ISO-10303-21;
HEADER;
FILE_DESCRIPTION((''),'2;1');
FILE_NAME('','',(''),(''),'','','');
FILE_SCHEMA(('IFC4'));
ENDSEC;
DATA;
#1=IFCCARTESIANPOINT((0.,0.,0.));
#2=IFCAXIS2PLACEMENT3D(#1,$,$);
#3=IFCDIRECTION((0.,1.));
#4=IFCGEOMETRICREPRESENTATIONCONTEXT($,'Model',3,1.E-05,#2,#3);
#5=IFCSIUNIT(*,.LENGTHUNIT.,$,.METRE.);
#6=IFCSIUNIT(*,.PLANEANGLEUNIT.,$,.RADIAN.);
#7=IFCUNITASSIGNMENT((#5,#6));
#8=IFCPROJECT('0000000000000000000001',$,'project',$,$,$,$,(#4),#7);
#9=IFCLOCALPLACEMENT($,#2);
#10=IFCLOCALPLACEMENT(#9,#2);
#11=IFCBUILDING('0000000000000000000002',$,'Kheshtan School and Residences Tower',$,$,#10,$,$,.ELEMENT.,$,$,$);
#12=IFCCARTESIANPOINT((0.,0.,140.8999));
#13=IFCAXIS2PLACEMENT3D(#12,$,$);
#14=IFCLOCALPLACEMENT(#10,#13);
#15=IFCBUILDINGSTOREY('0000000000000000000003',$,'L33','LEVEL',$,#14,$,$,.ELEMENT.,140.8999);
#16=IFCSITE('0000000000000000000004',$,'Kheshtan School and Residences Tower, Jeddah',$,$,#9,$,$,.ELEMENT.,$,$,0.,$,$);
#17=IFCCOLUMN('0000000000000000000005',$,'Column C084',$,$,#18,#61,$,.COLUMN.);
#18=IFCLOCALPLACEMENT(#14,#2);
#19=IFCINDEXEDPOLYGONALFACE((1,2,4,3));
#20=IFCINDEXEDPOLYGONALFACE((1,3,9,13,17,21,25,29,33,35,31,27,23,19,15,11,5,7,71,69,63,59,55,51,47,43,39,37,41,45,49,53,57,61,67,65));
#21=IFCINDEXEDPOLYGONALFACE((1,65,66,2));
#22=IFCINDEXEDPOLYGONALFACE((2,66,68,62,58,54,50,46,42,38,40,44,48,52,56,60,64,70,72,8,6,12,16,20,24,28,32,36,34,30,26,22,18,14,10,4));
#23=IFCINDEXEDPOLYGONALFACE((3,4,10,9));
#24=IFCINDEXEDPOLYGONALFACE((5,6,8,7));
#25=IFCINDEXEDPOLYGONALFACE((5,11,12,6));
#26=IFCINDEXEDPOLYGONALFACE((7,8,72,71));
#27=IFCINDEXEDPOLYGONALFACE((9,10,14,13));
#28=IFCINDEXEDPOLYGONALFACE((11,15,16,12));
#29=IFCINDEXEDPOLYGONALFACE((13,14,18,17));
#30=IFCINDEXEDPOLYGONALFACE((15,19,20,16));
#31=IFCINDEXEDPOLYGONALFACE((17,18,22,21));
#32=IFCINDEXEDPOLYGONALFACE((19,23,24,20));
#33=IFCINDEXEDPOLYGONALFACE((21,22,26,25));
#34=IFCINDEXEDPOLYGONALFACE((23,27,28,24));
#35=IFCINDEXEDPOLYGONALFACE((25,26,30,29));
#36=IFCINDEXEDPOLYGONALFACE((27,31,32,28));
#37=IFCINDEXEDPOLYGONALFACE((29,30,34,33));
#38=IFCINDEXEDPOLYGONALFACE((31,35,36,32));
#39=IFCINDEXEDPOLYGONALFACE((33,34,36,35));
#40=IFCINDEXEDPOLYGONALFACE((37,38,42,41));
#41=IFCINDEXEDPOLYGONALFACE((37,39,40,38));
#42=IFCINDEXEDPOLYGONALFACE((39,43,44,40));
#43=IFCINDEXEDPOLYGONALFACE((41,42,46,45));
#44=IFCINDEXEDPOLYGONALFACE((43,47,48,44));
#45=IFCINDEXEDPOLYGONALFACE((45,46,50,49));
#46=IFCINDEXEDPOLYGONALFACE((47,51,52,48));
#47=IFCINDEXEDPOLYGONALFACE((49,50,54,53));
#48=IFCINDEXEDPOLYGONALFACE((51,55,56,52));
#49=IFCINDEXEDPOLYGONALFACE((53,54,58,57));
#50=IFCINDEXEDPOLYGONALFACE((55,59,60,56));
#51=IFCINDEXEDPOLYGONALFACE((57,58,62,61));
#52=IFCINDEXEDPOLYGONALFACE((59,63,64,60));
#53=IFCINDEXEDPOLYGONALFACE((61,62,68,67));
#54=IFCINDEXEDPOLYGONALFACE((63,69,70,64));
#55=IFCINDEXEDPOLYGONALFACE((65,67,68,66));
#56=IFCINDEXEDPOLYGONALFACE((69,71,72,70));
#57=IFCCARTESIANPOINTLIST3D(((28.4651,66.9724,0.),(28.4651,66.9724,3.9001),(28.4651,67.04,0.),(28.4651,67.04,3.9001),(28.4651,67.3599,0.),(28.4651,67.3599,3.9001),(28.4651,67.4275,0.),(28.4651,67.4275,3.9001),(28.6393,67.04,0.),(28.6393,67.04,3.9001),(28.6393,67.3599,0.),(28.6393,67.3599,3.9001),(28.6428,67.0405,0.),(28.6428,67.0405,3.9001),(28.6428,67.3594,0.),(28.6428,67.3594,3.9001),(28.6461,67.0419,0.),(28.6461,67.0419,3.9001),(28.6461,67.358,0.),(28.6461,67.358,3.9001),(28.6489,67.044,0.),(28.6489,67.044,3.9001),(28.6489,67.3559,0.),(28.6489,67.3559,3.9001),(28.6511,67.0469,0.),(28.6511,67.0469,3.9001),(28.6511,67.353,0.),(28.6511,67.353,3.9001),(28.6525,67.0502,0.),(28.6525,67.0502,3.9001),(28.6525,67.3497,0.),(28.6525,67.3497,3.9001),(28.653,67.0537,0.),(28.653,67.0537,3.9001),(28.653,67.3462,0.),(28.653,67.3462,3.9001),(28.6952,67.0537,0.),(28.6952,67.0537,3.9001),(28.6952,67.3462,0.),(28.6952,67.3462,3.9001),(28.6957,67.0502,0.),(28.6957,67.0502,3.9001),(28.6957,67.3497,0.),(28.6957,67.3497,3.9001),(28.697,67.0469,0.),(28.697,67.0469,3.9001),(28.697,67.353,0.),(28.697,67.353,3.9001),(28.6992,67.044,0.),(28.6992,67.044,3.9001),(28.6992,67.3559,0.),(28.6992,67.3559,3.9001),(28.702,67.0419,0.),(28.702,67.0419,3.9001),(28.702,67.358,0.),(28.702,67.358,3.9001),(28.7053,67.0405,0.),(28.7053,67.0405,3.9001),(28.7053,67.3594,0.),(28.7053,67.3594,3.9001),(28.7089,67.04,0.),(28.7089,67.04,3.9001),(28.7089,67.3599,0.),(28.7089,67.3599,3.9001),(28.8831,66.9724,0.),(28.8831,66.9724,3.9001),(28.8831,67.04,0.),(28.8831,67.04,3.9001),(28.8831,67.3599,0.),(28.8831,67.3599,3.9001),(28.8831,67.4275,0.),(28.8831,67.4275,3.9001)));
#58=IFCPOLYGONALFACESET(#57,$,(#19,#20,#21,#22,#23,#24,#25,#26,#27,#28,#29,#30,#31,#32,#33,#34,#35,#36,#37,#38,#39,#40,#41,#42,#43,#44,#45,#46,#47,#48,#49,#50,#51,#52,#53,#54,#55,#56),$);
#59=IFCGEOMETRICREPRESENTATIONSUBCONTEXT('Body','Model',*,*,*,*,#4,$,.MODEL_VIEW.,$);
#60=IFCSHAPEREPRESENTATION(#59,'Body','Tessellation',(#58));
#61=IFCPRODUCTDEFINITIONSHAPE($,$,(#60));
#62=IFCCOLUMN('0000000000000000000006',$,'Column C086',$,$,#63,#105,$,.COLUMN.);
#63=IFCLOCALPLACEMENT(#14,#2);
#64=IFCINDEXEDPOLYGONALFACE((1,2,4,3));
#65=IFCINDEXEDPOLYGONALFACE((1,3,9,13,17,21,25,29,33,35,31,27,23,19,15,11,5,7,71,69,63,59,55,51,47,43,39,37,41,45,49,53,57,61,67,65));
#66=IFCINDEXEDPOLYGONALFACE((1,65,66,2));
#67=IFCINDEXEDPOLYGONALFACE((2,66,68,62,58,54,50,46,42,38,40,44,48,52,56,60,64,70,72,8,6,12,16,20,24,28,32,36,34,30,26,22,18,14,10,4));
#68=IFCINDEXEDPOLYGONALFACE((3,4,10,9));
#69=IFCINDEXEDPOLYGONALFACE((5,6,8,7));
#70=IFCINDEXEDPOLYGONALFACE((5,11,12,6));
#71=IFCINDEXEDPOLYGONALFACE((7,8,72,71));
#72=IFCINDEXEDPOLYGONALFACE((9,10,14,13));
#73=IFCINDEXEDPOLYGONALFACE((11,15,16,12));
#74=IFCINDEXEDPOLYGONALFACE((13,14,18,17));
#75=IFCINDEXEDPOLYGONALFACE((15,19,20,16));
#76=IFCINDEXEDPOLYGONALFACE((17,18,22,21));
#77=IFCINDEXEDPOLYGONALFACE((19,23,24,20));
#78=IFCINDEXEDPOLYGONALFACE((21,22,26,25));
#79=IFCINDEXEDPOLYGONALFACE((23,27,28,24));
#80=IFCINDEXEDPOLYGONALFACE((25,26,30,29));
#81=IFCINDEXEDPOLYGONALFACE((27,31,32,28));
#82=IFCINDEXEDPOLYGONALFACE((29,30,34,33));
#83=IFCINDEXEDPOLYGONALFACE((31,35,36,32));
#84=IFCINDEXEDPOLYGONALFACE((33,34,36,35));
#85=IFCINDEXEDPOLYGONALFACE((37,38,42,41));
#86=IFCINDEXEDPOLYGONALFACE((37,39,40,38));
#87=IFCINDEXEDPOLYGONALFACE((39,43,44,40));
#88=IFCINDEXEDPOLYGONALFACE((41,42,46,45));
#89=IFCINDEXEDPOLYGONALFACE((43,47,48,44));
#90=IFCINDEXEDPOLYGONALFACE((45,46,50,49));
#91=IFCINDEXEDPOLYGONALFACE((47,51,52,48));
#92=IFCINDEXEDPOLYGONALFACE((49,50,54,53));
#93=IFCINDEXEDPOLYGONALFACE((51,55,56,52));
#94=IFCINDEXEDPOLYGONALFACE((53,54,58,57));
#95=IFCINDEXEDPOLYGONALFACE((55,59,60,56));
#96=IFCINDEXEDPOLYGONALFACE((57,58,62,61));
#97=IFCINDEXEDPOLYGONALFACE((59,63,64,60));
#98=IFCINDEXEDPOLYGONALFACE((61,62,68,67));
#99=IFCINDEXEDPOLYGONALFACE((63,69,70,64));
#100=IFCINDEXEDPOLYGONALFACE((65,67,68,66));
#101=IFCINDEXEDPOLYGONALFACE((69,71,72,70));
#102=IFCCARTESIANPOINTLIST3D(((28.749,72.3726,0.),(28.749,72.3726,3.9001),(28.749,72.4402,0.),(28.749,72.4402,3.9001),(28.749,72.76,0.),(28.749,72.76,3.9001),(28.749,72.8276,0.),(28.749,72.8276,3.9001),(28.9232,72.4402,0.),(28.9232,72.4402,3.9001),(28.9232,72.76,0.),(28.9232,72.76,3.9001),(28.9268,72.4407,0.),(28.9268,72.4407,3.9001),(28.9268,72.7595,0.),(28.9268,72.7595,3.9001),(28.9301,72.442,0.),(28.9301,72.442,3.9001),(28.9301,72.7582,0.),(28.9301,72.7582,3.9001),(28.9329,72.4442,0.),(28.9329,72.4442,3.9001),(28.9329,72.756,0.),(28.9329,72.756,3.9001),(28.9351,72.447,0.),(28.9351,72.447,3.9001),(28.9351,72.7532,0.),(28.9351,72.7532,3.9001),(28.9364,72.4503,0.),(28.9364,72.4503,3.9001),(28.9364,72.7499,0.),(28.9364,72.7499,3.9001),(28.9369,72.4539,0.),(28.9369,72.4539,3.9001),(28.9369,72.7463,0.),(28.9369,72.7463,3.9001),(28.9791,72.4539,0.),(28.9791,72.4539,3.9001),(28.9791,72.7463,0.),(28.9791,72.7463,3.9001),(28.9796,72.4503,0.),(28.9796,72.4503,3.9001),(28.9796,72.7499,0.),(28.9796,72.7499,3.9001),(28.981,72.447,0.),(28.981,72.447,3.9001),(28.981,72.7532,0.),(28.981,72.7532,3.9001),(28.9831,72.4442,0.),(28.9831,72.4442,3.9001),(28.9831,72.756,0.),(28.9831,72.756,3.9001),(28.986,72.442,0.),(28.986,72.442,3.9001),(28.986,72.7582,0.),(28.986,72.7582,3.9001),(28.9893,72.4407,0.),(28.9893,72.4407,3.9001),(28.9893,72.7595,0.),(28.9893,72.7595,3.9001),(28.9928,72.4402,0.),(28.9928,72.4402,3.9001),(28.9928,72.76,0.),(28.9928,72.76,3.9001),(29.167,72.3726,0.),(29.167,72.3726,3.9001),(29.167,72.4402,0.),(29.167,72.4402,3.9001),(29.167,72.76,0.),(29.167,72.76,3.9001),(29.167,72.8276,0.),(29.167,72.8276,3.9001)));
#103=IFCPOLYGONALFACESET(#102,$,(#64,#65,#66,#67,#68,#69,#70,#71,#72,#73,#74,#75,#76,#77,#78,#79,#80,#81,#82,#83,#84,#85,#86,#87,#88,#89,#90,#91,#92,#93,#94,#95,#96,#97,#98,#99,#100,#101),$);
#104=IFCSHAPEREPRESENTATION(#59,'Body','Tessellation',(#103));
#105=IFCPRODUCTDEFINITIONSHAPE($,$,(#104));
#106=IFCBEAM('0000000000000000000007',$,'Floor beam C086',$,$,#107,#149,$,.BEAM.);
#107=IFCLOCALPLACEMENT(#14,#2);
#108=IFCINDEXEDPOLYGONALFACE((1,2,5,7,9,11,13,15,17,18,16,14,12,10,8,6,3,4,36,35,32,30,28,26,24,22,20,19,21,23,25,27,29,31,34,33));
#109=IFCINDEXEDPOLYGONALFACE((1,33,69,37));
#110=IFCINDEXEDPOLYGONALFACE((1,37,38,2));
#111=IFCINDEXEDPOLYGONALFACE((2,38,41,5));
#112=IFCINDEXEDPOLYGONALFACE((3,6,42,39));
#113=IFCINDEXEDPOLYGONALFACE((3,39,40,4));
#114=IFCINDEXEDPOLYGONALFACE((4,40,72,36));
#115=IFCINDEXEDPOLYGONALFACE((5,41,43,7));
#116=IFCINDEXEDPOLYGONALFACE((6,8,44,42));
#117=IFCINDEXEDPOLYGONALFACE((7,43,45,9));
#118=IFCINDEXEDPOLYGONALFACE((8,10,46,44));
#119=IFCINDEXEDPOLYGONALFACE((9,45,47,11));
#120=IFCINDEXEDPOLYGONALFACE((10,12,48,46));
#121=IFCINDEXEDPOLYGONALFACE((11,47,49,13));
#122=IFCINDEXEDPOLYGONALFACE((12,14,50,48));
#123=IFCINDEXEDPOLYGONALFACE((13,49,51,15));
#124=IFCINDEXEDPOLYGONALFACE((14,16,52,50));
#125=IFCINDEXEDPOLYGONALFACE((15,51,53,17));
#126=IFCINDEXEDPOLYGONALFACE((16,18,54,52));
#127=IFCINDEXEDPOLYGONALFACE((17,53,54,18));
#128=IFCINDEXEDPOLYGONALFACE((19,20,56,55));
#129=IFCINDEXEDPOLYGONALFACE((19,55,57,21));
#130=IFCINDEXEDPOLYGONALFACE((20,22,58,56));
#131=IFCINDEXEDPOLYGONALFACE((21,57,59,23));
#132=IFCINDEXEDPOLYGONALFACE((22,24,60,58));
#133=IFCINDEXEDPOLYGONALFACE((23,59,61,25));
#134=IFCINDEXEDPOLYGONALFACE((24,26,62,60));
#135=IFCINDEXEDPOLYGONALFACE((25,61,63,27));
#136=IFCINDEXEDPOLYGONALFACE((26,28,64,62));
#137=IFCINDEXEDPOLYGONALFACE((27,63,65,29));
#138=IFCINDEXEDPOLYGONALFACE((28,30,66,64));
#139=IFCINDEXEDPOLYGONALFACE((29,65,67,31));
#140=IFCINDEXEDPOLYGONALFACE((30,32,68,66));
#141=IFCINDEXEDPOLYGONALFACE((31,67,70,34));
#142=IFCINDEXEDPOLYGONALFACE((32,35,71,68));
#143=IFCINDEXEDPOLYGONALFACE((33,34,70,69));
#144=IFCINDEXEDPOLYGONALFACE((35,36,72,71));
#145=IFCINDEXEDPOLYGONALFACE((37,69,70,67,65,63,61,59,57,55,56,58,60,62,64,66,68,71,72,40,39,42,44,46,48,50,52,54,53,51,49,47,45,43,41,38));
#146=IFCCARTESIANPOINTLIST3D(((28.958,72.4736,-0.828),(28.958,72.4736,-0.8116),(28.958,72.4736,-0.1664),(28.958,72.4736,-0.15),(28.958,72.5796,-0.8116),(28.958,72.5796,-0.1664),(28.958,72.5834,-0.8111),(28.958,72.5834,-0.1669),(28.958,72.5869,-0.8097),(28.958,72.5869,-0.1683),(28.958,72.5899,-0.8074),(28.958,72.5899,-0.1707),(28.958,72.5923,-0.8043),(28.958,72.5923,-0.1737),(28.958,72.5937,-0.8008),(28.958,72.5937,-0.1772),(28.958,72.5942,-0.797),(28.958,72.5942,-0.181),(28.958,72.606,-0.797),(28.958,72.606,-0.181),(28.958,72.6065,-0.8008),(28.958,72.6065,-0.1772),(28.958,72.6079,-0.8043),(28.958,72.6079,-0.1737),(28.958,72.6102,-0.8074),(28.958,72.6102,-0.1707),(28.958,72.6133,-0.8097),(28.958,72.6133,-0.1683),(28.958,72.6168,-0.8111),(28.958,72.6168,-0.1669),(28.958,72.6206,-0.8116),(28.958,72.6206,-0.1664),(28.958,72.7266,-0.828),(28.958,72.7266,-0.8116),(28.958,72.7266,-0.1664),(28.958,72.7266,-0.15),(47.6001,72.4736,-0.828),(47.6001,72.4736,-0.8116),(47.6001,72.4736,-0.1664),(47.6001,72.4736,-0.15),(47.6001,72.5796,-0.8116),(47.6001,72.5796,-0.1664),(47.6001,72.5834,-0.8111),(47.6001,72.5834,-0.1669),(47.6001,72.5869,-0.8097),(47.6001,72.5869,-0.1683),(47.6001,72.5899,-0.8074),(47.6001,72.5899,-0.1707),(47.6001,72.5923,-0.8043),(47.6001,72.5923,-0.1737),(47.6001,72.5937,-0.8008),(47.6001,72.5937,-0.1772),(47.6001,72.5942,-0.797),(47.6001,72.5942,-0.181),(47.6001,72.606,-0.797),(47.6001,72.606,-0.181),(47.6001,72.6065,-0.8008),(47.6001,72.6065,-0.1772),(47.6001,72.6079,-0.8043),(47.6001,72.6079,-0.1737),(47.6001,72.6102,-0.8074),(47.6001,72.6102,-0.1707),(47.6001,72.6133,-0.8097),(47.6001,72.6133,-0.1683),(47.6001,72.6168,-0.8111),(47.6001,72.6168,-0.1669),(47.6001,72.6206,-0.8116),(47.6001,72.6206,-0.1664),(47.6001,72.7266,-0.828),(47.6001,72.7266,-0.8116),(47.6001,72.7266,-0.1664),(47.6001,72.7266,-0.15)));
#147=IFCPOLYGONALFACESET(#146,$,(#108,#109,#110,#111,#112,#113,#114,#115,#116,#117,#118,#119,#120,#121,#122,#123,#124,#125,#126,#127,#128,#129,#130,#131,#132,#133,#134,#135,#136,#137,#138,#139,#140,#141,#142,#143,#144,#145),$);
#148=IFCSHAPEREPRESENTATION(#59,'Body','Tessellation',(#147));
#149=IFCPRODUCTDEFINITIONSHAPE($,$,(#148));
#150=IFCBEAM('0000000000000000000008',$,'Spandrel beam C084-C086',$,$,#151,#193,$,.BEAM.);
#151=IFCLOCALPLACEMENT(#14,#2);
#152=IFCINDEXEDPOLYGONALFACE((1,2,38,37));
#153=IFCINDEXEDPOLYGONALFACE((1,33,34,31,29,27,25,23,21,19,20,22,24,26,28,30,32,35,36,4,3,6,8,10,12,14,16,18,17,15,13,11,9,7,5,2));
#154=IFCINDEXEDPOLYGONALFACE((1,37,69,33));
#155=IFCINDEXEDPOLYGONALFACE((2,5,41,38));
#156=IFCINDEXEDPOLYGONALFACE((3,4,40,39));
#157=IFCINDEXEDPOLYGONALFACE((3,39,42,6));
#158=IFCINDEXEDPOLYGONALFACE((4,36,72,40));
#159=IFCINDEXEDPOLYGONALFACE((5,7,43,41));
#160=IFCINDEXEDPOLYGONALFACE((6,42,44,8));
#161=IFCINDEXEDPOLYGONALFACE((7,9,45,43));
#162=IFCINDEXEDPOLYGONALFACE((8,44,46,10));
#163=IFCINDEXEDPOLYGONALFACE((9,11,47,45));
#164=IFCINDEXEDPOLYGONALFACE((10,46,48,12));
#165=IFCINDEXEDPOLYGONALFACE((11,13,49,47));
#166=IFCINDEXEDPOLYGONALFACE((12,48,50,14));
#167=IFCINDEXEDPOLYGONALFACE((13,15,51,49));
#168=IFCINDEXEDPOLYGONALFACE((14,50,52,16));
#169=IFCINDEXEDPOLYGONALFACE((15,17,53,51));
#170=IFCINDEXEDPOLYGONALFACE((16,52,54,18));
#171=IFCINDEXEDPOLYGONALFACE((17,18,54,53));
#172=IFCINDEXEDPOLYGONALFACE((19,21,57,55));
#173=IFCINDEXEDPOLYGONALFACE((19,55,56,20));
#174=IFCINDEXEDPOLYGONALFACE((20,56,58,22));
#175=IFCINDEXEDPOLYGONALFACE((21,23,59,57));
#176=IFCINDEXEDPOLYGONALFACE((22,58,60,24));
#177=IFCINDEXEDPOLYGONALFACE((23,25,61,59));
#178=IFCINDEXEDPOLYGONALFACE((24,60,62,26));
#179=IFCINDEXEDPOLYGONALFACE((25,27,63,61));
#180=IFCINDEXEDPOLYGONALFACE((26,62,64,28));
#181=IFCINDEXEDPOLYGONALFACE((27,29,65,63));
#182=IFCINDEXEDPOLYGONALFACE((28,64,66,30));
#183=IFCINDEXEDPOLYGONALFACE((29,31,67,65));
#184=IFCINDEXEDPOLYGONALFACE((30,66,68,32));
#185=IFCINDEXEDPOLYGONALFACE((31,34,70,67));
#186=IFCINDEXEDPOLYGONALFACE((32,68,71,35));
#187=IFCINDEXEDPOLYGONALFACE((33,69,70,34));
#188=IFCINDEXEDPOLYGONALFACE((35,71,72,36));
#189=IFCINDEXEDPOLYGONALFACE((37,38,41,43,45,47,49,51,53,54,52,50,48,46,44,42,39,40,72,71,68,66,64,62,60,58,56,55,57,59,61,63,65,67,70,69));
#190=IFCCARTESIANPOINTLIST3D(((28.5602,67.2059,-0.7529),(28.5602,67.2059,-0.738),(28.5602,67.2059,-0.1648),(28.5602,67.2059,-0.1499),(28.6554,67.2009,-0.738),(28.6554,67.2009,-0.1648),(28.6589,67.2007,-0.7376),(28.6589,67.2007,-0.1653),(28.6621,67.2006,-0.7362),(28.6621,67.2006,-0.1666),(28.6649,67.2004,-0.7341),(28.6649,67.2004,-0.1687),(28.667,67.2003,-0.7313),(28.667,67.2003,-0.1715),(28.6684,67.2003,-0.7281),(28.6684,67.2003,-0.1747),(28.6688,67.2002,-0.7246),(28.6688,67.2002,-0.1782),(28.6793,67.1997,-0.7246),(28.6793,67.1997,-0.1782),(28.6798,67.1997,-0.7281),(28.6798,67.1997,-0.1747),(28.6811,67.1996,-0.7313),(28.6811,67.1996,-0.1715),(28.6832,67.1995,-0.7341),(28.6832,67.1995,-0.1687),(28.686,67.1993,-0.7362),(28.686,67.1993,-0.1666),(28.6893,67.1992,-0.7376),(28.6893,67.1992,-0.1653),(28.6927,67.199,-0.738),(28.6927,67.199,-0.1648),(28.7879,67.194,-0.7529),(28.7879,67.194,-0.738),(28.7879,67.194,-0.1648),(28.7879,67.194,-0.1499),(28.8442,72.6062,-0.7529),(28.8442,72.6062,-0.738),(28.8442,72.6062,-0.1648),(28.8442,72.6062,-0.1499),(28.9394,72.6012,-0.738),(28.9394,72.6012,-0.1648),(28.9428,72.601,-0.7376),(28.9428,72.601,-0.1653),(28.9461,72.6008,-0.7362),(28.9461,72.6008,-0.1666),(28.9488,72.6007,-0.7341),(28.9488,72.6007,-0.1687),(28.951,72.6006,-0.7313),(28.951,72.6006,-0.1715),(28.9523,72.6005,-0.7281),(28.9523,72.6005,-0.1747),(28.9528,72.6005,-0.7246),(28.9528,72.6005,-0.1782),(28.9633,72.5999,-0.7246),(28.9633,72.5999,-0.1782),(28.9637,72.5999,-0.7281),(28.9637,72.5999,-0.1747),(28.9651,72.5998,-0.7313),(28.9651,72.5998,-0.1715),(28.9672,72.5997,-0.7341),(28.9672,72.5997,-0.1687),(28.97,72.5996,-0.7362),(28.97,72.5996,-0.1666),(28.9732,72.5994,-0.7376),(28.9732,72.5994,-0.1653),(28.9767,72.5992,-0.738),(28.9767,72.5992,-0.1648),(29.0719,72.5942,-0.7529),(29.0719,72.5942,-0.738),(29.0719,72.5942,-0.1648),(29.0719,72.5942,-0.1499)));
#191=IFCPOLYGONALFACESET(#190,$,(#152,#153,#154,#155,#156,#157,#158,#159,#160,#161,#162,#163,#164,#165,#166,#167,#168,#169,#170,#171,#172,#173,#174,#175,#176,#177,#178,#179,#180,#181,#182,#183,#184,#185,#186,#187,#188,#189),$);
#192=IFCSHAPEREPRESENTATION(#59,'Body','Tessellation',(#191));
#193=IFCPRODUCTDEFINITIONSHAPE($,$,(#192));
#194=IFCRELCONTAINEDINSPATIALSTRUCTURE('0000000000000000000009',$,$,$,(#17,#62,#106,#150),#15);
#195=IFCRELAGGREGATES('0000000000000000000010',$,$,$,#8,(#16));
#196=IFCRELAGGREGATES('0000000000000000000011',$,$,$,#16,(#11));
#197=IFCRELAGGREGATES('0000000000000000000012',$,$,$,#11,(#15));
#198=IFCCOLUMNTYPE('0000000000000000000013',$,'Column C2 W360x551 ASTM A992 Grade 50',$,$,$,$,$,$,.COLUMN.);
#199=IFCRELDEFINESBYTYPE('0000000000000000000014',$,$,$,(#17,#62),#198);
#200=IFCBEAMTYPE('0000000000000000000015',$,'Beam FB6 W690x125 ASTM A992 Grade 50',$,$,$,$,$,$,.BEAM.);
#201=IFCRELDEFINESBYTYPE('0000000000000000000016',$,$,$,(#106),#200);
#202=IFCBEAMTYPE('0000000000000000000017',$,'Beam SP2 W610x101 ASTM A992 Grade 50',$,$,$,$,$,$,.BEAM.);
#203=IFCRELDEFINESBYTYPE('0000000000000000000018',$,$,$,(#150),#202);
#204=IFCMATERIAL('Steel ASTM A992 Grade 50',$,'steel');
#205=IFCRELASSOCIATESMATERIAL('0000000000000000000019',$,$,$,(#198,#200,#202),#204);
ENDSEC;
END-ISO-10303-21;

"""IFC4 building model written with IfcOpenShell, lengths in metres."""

from ifc_helpers import new_model, si_unit, direction, frame, origin, origin_2d, place, context, subcontext, project, spatial, i_section, extrude, material, material_profile, profile_set, type_object, element, save


model = new_model("IFC4")

# Units and contexts
model_context = context("Model", 3, precision=1e-05, world=origin(), true_north=direction((0.0, 1.0)))
body_context = subcontext(model_context, "Body", "Model", "MODEL_VIEW")
ifc_project = project(units=[si_unit("LENGTHUNIT", "METRE"), si_unit("PLANEANGLEUNIT", "RADIAN")], contexts=[model_context])

# Site, building, storey
site_placement = place(None, origin())
site = spatial("IfcSite", under=ifc_project, at=site_placement, Name="Kheshtan School and Residences Tower, Jeddah", CompositionType="ELEMENT", RefElevation=0.0)
building_placement = place(site_placement, origin())
building = spatial("IfcBuilding", under=site, at=building_placement, Name="Kheshtan School and Residences Tower", CompositionType="ELEMENT")
storey_placement = place(building_placement, frame((0.0, 0.0, 140.8999)))
storey = spatial("IfcBuildingStorey", under=building, at=storey_placement, Name="L33", Description="LEVEL", CompositionType="ELEMENT", Elevation=140.8999)

# Columns
ifc_material_1 = material(Name="Steel ASTM A992 Grade 50", Category="steel")
ifc_material_profile_1 = material_profile(ifc_material_1, i_section(OverallWidth=0.418, OverallDepth=0.4551, WebThickness=0.0422, FlangeThickness=0.0676, FilletRadius=0.0137, at=origin_2d()), Name="W360x551")
ifc_profile_set_1 = profile_set([ifc_material_profile_1], Name="Steel ASTM A992 Grade 50")
column_type = type_object("IfcColumnType", Name="Column C2 W360x551 ASTM A992 Grade 50", PredefinedType="COLUMN", material=ifc_profile_set_1)
for number, where, z_axis, x_axis, name in (
    (1, (28.6741, 67.2, 0.0), (0.0, 0.0, 1.0), (1.0, 0.0, 0.0), "Column C084"),
    (2, (28.958, 72.6001, 0.0), (0.0, 0.0, 1.0), (1.0, 0.0, 0.0), "Column C086"),
):
    element("IfcColumn", number, at=place(storey_placement, frame(where, z_axis=z_axis, x_axis=x_axis)), inside=storey, type_object=column_type, Name=name, PredefinedType="COLUMN", context=body_context, shape_type="SweptSolid", body=[
        extrude(i_section(OverallWidth=0.418, OverallDepth=0.4551, WebThickness=0.0422, FlangeThickness=0.0676, FilletRadius=0.0137, at=origin_2d()), origin(), (0.0, 0.0, 1.0), 3.9001),
    ])

# Beams
ifc_material_profile_2 = material_profile(ifc_material_1, i_section(OverallWidth=0.2529, OverallDepth=0.678, WebThickness=0.0117, FlangeThickness=0.0164, FilletRadius=0.0146, at=origin_2d()), Name="W690x125")
ifc_profile_set_2 = profile_set([ifc_material_profile_2], Name="Steel ASTM A992 Grade 50")
beam_type_1 = type_object("IfcBeamType", Name="Beam FB6 W690x125 ASTM A992 Grade 50", PredefinedType="BEAM", material=ifc_profile_set_2)
beam_1_placement = place(storey_placement, frame((28.958, 72.6001, -0.489), z_axis=(1.0, 0.0, 0.0), x_axis=(0.0, 1.0, 0.0)))
element("IfcBeam", 3, at=beam_1_placement, inside=storey, type_object=beam_type_1, Name="Floor beam C086", PredefinedType="BEAM", context=body_context, shape_type="SweptSolid", body=[
    extrude(i_section(OverallWidth=0.2529, OverallDepth=0.678, WebThickness=0.0117, FlangeThickness=0.0164, FilletRadius=0.0146, at=origin_2d()), origin(), (0.0, 0.0, 1.0), 18.6421),
])
ifc_material_profile_3 = material_profile(ifc_material_1, i_section(OverallWidth=0.228, OverallDepth=0.603, WebThickness=0.0105, FlangeThickness=0.0149, FilletRadius=0.0134, at=origin_2d()), Name="W610x101")
ifc_profile_set_3 = profile_set([ifc_material_profile_3], Name="Steel ASTM A992 Grade 50")
beam_type_2 = type_object("IfcBeamType", Name="Beam SP2 W610x101 ASTM A992 Grade 50", PredefinedType="BEAM", material=ifc_profile_set_3)
beam_2_placement = place(storey_placement, frame((28.6741, 67.2, -0.4514), z_axis=(0.052507, 0.998621, 0.0), x_axis=(-0.998621, 0.052507, 0.0)))
element("IfcBeam", 4, at=beam_2_placement, inside=storey, type_object=beam_type_2, Name="Spandrel beam C084-C086", PredefinedType="BEAM", context=body_context, shape_type="SweptSolid", body=[
    extrude(i_section(OverallWidth=0.228, OverallDepth=0.603, WebThickness=0.0105, FlangeThickness=0.0149, FilletRadius=0.0134, at=origin_2d()), origin(), (0.0, 0.0, 1.0), 5.4077),
])

save(model, "model.ifc")
